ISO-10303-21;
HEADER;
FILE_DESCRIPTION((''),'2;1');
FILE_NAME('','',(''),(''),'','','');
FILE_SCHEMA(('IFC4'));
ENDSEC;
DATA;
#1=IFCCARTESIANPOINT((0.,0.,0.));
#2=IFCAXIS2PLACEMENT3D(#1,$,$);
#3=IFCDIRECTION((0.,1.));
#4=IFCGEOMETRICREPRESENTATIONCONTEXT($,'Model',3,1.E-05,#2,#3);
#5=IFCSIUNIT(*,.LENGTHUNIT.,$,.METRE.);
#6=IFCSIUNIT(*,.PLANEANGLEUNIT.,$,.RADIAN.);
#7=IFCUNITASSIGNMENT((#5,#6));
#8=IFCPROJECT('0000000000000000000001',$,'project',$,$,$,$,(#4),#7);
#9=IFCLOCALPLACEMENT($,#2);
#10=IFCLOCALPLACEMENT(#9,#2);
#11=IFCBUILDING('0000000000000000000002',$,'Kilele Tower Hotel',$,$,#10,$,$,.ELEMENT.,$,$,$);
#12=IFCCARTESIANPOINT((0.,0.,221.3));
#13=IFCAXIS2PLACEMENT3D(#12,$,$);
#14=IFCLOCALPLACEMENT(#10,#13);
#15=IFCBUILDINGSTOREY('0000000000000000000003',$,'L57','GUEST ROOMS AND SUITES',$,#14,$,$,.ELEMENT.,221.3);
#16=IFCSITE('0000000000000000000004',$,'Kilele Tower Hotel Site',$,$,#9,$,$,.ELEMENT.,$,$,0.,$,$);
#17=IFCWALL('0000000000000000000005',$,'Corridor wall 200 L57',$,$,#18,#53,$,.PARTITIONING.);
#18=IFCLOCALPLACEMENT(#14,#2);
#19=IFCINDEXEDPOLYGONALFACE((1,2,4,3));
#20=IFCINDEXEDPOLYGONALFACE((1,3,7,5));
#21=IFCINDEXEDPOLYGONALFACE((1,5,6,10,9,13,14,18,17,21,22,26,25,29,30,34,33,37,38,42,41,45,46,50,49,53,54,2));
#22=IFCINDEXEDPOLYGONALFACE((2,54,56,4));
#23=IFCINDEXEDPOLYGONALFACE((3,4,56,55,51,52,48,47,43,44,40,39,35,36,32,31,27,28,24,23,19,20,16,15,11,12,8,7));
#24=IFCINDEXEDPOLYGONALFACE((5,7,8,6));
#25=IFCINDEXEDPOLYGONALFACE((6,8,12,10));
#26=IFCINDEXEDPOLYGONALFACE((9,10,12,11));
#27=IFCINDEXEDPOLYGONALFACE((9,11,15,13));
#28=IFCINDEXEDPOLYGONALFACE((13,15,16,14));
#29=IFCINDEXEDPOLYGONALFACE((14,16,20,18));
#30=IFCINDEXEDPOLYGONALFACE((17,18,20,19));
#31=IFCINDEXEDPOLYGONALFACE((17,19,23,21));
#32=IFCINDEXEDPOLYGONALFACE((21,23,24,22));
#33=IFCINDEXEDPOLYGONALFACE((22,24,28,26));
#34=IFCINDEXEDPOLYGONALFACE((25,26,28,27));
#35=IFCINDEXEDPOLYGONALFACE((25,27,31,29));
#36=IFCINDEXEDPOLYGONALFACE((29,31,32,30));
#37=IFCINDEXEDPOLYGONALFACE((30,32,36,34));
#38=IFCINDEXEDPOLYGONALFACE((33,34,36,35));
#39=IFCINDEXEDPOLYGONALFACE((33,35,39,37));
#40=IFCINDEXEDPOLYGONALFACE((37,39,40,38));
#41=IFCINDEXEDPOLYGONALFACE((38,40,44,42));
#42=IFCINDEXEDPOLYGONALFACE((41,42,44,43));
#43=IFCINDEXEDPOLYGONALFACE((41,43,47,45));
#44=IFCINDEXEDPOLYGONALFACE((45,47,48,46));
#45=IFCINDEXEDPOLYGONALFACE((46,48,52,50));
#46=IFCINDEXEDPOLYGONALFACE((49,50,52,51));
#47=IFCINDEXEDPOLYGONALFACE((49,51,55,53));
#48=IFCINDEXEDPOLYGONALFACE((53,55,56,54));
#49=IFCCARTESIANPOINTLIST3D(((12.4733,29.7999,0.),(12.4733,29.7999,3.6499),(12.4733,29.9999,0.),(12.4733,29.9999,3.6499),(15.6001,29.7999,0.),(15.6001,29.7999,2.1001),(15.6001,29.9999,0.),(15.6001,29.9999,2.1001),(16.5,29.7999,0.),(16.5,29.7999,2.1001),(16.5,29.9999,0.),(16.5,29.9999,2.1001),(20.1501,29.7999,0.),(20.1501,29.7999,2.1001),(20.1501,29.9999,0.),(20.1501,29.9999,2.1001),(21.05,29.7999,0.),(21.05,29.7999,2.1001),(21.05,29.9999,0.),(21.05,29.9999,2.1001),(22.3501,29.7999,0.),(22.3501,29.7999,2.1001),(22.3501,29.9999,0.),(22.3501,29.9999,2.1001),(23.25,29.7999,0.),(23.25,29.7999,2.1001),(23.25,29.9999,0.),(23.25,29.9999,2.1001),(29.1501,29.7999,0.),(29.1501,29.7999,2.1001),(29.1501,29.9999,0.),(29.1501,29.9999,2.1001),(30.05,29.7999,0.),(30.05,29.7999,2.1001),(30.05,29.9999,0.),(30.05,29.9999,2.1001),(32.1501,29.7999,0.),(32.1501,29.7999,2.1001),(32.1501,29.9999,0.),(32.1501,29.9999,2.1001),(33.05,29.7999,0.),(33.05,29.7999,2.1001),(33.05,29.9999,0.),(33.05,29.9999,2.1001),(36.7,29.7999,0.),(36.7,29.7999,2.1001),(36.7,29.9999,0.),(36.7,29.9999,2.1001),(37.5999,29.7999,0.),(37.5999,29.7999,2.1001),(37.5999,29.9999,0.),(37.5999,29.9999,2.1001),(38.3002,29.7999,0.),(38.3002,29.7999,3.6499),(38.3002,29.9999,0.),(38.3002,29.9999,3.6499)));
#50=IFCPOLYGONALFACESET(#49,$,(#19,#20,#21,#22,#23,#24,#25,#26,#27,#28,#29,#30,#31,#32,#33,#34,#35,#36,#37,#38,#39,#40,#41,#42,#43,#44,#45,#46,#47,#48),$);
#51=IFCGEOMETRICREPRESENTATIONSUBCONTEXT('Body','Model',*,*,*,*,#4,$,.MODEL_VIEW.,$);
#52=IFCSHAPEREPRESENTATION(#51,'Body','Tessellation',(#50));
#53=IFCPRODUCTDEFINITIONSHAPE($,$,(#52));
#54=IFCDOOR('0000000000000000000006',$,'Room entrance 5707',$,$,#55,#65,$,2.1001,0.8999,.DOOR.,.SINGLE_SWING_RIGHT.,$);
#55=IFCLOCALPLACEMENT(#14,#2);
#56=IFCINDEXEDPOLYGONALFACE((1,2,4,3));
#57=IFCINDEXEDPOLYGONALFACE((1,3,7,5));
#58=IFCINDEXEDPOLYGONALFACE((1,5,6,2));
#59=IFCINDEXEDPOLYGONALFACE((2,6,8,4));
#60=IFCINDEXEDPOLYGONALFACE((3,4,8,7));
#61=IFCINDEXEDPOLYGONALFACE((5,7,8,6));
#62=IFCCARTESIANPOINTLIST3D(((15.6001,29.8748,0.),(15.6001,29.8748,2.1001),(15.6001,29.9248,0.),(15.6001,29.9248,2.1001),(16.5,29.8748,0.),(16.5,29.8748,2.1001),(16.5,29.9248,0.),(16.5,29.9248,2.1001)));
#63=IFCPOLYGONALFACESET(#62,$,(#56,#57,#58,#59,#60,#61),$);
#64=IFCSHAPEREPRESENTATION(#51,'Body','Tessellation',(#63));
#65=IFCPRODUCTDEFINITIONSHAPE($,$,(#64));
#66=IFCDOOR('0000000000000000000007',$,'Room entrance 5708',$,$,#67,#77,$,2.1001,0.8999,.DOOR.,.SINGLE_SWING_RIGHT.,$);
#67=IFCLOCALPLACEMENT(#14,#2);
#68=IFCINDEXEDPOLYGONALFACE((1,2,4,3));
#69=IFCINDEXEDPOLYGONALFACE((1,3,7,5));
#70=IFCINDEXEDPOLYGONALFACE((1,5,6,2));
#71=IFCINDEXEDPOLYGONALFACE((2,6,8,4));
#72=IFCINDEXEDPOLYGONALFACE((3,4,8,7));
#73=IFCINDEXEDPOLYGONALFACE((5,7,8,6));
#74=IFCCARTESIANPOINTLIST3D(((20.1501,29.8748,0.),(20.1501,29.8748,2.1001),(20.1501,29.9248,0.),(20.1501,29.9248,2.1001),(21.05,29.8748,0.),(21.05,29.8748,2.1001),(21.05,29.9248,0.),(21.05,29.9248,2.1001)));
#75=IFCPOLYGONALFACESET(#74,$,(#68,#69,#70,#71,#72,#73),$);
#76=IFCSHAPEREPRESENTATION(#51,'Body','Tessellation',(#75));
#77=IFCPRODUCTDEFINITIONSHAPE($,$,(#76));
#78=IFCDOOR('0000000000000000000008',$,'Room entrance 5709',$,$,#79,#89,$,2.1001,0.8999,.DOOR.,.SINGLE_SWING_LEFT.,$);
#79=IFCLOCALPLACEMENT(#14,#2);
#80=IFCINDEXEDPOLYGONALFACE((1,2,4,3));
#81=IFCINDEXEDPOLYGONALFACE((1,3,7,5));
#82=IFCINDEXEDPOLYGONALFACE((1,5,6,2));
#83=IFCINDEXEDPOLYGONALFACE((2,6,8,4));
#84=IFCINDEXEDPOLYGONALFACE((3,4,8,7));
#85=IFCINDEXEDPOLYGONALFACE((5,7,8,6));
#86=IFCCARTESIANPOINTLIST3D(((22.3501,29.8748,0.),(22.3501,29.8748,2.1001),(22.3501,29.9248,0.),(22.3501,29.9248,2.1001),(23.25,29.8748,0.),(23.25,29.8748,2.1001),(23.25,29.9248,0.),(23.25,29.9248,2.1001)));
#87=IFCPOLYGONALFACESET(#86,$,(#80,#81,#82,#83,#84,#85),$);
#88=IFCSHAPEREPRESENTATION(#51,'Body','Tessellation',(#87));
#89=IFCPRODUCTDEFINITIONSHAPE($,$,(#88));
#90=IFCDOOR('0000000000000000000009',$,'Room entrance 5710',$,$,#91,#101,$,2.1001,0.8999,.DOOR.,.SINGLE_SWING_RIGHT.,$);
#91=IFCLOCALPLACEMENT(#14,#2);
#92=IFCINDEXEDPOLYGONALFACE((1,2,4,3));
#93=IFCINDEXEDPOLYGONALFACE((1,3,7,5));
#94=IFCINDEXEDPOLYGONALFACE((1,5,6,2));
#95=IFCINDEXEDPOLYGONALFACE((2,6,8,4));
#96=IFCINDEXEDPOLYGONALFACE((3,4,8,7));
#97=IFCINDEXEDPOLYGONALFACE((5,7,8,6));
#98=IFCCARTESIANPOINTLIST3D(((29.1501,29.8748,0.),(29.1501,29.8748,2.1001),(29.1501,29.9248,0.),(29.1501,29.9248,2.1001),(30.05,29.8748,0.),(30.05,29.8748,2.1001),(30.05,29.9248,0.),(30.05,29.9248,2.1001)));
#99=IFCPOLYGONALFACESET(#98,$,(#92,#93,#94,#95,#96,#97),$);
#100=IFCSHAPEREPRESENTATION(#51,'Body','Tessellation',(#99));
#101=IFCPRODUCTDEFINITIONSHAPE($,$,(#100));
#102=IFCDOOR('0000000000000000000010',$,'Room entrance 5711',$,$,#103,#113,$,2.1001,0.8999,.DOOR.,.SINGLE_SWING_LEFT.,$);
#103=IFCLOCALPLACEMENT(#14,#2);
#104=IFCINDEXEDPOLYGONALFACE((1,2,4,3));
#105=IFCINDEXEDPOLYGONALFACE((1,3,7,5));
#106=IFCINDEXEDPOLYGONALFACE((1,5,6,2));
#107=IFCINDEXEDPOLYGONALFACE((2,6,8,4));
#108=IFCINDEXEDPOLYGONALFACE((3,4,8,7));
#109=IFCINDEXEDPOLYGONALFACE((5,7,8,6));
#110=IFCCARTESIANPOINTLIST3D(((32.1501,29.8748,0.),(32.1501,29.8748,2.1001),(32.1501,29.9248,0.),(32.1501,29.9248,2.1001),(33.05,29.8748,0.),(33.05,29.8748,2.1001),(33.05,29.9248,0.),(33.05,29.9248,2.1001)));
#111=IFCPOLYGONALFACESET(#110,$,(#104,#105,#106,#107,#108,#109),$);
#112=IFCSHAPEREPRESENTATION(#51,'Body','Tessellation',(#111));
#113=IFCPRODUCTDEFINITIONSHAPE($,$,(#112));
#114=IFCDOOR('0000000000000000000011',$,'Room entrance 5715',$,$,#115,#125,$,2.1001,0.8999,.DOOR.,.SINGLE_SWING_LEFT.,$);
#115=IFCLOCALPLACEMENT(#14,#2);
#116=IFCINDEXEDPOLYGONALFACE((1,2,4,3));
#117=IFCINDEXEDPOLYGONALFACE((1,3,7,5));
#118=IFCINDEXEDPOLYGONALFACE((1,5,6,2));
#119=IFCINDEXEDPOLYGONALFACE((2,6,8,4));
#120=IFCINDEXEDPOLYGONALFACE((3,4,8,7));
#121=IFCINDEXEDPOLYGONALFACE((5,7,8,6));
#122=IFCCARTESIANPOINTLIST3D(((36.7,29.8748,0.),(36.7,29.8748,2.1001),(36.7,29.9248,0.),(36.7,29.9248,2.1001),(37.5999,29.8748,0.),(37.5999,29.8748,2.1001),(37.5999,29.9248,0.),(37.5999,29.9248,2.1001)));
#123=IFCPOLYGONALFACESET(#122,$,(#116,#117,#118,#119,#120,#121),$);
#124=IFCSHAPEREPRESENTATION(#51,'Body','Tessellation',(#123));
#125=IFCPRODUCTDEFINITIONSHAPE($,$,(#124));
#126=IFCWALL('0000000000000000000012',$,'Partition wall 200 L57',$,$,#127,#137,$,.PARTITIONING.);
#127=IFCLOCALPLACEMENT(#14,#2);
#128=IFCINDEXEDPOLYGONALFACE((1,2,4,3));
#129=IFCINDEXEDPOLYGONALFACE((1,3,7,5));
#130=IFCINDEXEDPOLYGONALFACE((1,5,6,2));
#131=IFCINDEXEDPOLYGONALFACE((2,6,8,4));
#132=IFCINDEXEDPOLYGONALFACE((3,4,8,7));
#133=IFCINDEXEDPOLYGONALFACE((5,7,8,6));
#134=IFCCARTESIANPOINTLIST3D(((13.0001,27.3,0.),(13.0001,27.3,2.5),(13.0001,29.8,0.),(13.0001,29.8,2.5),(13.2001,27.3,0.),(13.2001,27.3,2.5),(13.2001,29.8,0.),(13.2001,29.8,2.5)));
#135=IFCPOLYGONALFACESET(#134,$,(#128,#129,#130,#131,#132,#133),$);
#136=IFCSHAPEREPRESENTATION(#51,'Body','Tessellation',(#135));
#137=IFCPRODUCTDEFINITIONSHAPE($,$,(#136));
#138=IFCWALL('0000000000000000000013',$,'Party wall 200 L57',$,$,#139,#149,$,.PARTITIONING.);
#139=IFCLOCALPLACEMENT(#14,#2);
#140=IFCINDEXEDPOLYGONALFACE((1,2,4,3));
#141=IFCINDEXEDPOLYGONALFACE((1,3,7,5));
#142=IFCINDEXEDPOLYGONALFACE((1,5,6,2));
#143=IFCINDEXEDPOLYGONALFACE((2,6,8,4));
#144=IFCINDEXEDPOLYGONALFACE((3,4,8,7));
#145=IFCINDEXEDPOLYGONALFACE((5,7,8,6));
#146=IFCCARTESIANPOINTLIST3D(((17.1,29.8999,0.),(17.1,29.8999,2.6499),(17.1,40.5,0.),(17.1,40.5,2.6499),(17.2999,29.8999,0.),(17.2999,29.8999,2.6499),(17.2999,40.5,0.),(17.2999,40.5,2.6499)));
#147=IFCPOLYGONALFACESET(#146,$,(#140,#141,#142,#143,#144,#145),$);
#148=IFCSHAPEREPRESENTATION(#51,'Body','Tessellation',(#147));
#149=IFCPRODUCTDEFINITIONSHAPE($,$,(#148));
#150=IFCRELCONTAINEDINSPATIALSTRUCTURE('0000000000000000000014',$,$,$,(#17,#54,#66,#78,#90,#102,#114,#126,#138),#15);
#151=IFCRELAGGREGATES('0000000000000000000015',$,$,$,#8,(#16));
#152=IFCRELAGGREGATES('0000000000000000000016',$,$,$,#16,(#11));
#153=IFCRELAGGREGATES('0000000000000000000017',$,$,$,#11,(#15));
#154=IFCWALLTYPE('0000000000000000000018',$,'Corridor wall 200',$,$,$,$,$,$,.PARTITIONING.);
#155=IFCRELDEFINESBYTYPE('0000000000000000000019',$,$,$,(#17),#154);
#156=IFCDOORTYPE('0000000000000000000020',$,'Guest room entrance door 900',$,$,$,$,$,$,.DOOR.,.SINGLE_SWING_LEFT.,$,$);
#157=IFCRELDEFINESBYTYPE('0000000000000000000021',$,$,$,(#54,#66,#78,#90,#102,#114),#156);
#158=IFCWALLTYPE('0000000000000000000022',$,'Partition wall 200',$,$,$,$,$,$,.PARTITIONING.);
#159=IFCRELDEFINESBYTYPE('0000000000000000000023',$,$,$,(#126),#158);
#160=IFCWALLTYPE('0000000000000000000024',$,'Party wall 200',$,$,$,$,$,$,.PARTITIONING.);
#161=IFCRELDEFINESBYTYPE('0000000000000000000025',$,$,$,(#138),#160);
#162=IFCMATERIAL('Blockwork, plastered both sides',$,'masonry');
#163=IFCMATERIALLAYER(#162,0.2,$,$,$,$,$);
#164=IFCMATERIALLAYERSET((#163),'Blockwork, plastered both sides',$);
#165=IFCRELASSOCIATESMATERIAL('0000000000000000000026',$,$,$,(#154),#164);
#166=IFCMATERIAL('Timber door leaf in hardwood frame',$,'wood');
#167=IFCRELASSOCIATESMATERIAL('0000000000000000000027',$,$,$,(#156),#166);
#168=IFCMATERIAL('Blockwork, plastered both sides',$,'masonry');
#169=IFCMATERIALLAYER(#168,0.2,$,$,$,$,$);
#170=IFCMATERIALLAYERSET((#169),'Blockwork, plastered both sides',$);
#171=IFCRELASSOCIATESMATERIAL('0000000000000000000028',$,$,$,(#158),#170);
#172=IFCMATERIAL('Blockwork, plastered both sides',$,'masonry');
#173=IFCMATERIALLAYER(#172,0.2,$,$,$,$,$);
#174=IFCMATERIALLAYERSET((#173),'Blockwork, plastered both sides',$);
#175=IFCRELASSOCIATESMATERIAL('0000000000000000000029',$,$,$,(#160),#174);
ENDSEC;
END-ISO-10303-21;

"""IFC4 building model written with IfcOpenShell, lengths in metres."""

from ifc_helpers import new_model, si_unit, direction, frame, frame_2d, origin, place, context, subcontext, project, spatial, rectangle, extrude, material, layer, layer_set, type_object, element, fill, save


model = new_model("IFC4")

# Units and contexts
model_context = context("Model", 3, precision=1e-05, world=origin(), true_north=direction((0.0, 1.0)))
body_context = subcontext(model_context, "Body", "Model", "MODEL_VIEW")
ifc_project = project(units=[si_unit("LENGTHUNIT", "METRE"), si_unit("PLANEANGLEUNIT", "RADIAN")], contexts=[model_context])

# Site, building, storey
site_placement = place(None, origin())
site = spatial("IfcSite", under=ifc_project, at=site_placement, Name="Kilele Tower Hotel Site", CompositionType="ELEMENT", RefElevation=0.0)
building_placement = place(site_placement, origin())
building = spatial("IfcBuilding", under=site, at=building_placement, Name="Kilele Tower Hotel", CompositionType="ELEMENT")
storey_placement = place(building_placement, frame((0.0, 0.0, 221.3)))
storey = spatial("IfcBuildingStorey", under=building, at=storey_placement, Name="L57", Description="GUEST ROOMS AND SUITES", CompositionType="ELEMENT", Elevation=221.3)

# Wall, openings, doors
ifc_material_1 = material(Name="Blockwork, plastered both sides", Category="masonry")
ifc_layer_1 = layer(ifc_material_1, 0.2)
ifc_layer_set_1 = layer_set([ifc_layer_1], Name="Blockwork, plastered both sides")
wall_type_1 = type_object("IfcWallType", Name="Corridor wall 200", PredefinedType="PARTITIONING", material=ifc_layer_set_1)
wall_1_placement = place(storey_placement, frame((12.4731, 29.8999, 0.0), z_axis=(0.0, 0.0, 1.0), x_axis=(1.0, 0.0, 0.0)))
wall_1 = element("IfcWall", 1, at=wall_1_placement, inside=storey, type_object=wall_type_1, Name="Corridor wall 200 L57", PredefinedType="PARTITIONING", context=body_context, shape_type="SweptSolid", body=[
    extrude(rectangle(XDim=25.8269, YDim=0.2, at=frame_2d((12.9136, 0.0))), origin(), (0.0, 0.0, 1.0), 3.6499),
])
opening_1_placement = place(wall_1_placement, frame((3.127, 0.0, 0.0)))
opening_1 = element("IfcOpeningElement", 2, at=opening_1_placement, cuts=wall_1, PredefinedType="OPENING", context=body_context, shape_type="SweptSolid", body=[
    extrude(rectangle(XDim=0.8999, YDim=2.1001, at=frame_2d((0.45, 1.05))), frame((0.0, 0.1099, 0.0), z_axis=(0.0, -1.0, 0.0), x_axis=(1.0, 0.0, 0.0)), (0.0, 0.0, 1.0), 0.22),
])
opening_2_placement = place(wall_1_placement, frame((7.677, 0.0, 0.0)))
opening_2 = element("IfcOpeningElement", 3, at=opening_2_placement, cuts=wall_1, PredefinedType="OPENING", context=body_context, shape_type="SweptSolid", body=[
    extrude(rectangle(XDim=0.8999, YDim=2.1001, at=frame_2d((0.45, 1.05))), frame((0.0, 0.1099, 0.0), z_axis=(0.0, -1.0, 0.0), x_axis=(1.0, 0.0, 0.0)), (0.0, 0.0, 1.0), 0.22),
])
opening_3_placement = place(wall_1_placement, frame((9.877, 0.0, 0.0)))
opening_3 = element("IfcOpeningElement", 4, at=opening_3_placement, cuts=wall_1, PredefinedType="OPENING", context=body_context, shape_type="SweptSolid", body=[
    extrude(rectangle(XDim=0.8999, YDim=2.1001, at=frame_2d((0.45, 1.05))), frame((0.0, 0.1099, 0.0), z_axis=(0.0, -1.0, 0.0), x_axis=(1.0, 0.0, 0.0)), (0.0, 0.0, 1.0), 0.22),
])
opening_4_placement = place(wall_1_placement, frame((16.677, 0.0, 0.0)))
opening_4 = element("IfcOpeningElement", 5, at=opening_4_placement, cuts=wall_1, PredefinedType="OPENING", context=body_context, shape_type="SweptSolid", body=[
    extrude(rectangle(XDim=0.8999, YDim=2.1001, at=frame_2d((0.45, 1.05))), frame((0.0, 0.1099, 0.0), z_axis=(0.0, -1.0, 0.0), x_axis=(1.0, 0.0, 0.0)), (0.0, 0.0, 1.0), 0.22),
])
opening_5_placement = place(wall_1_placement, frame((19.677, 0.0, 0.0)))
opening_5 = element("IfcOpeningElement", 6, at=opening_5_placement, cuts=wall_1, PredefinedType="OPENING", context=body_context, shape_type="SweptSolid", body=[
    extrude(rectangle(XDim=0.8999, YDim=2.1001, at=frame_2d((0.45, 1.05))), frame((0.0, 0.1099, 0.0), z_axis=(0.0, -1.0, 0.0), x_axis=(1.0, 0.0, 0.0)), (0.0, 0.0, 1.0), 0.22),
])
opening_6_placement = place(wall_1_placement, frame((24.2268, 0.0, 0.0)))
opening_6 = element("IfcOpeningElement", 7, at=opening_6_placement, cuts=wall_1, PredefinedType="OPENING", context=body_context, shape_type="SweptSolid", body=[
    extrude(rectangle(XDim=0.8999, YDim=2.1001, at=frame_2d((0.45, 1.05))), frame((0.0, 0.1099, 0.0), z_axis=(0.0, -1.0, 0.0), x_axis=(1.0, 0.0, 0.0)), (0.0, 0.0, 1.0), 0.22),
])
ifc_material_2 = material(Name="Timber door leaf in hardwood frame", Category="wood")
door_type = type_object("IfcDoorType", Name="Guest room entrance door 900", OperationType="SINGLE_SWING_LEFT", PredefinedType="DOOR", material=ifc_material_2)
door_1_placement = place(opening_1_placement, origin())
door_1 = element("IfcDoor", 8, at=door_1_placement, inside=storey, type_object=door_type, Name="Room entrance 5707", OperationType="SINGLE_SWING_RIGHT", OverallHeight=2.1001, OverallWidth=0.8999, PredefinedType="DOOR", context=body_context, shape_type="SweptSolid", body=[
    extrude(rectangle(XDim=0.8999, YDim=2.1001, at=frame_2d((0.45, 1.05))), frame((0.0, 0.0249, 0.0), z_axis=(0.0, -1.0, 0.0), x_axis=(1.0, 0.0, 0.0)), (0.0, 0.0, 1.0), 0.05),
])
fill(opening_1, door_1)
door_2_placement = place(opening_2_placement, origin())
door_2 = element("IfcDoor", 9, at=door_2_placement, inside=storey, type_object=door_type, Name="Room entrance 5708", OperationType="SINGLE_SWING_RIGHT", OverallHeight=2.1001, OverallWidth=0.8999, PredefinedType="DOOR", context=body_context, shape_type="SweptSolid", body=[
    extrude(rectangle(XDim=0.8999, YDim=2.1001, at=frame_2d((0.45, 1.05))), frame((0.0, 0.0249, 0.0), z_axis=(0.0, -1.0, 0.0), x_axis=(1.0, 0.0, 0.0)), (0.0, 0.0, 1.0), 0.05),
])
fill(opening_2, door_2)
door_3_placement = place(opening_3_placement, origin())
door_3 = element("IfcDoor", 10, at=door_3_placement, inside=storey, type_object=door_type, Name="Room entrance 5709", OperationType="SINGLE_SWING_LEFT", OverallHeight=2.1001, OverallWidth=0.8999, PredefinedType="DOOR", context=body_context, shape_type="SweptSolid", body=[
    extrude(rectangle(XDim=0.8999, YDim=2.1001, at=frame_2d((0.45, 1.05))), frame((0.0, 0.0249, 0.0), z_axis=(0.0, -1.0, 0.0), x_axis=(1.0, 0.0, 0.0)), (0.0, 0.0, 1.0), 0.05),
])
fill(opening_3, door_3)
door_4_placement = place(opening_4_placement, origin())
door_4 = element("IfcDoor", 11, at=door_4_placement, inside=storey, type_object=door_type, Name="Room entrance 5710", OperationType="SINGLE_SWING_RIGHT", OverallHeight=2.1001, OverallWidth=0.8999, PredefinedType="DOOR", context=body_context, shape_type="SweptSolid", body=[
    extrude(rectangle(XDim=0.8999, YDim=2.1001, at=frame_2d((0.45, 1.05))), frame((0.0, 0.0249, 0.0), z_axis=(0.0, -1.0, 0.0), x_axis=(1.0, 0.0, 0.0)), (0.0, 0.0, 1.0), 0.05),
])
fill(opening_4, door_4)
door_5_placement = place(opening_5_placement, origin())
door_5 = element("IfcDoor", 12, at=door_5_placement, inside=storey, type_object=door_type, Name="Room entrance 5711", OperationType="SINGLE_SWING_LEFT", OverallHeight=2.1001, OverallWidth=0.8999, PredefinedType="DOOR", context=body_context, shape_type="SweptSolid", body=[
    extrude(rectangle(XDim=0.8999, YDim=2.1001, at=frame_2d((0.45, 1.05))), frame((0.0, 0.0249, 0.0), z_axis=(0.0, -1.0, 0.0), x_axis=(1.0, 0.0, 0.0)), (0.0, 0.0, 1.0), 0.05),
])
fill(opening_5, door_5)
door_6_placement = place(opening_6_placement, origin())
door_6 = element("IfcDoor", 13, at=door_6_placement, inside=storey, type_object=door_type, Name="Room entrance 5715", OperationType="SINGLE_SWING_LEFT", OverallHeight=2.1001, OverallWidth=0.8999, PredefinedType="DOOR", context=body_context, shape_type="SweptSolid", body=[
    extrude(rectangle(XDim=0.8999, YDim=2.1001, at=frame_2d((0.45, 1.05))), frame((0.0, 0.0249, 0.0), z_axis=(0.0, -1.0, 0.0), x_axis=(1.0, 0.0, 0.0)), (0.0, 0.0, 1.0), 0.05),
])
fill(opening_6, door_6)

# Walls
ifc_material_3 = material(Name="Blockwork, plastered both sides", Category="masonry")
ifc_layer_2 = layer(ifc_material_3, 0.2)
ifc_layer_set_2 = layer_set([ifc_layer_2], Name="Blockwork, plastered both sides")
wall_type_2 = type_object("IfcWallType", Name="Partition wall 200", PredefinedType="PARTITIONING", material=ifc_layer_set_2)
wall_2_placement = place(storey_placement, frame((13.1001, 27.3, 0.0), z_axis=(0.0, 0.0, 1.0), x_axis=(0.0, 1.0, 0.0)))
element("IfcWall", 14, at=wall_2_placement, inside=storey, type_object=wall_type_2, Name="Partition wall 200 L57", PredefinedType="PARTITIONING", context=body_context, shape_type="SweptSolid", body=[
    extrude(rectangle(XDim=2.5, YDim=0.2, at=frame_2d((1.25, 0.0))), origin(), (0.0, 0.0, 1.0), 2.5),
])
ifc_material_4 = material(Name="Blockwork, plastered both sides", Category="masonry")
ifc_layer_3 = layer(ifc_material_4, 0.2)
ifc_layer_set_3 = layer_set([ifc_layer_3], Name="Blockwork, plastered both sides")
wall_type_3 = type_object("IfcWallType", Name="Party wall 200", PredefinedType="PARTITIONING", material=ifc_layer_set_3)
wall_3_placement = place(storey_placement, frame((17.2, 29.8999, 0.0), z_axis=(0.0, 0.0, 1.0), x_axis=(0.0, 1.0, 0.0)))
element("IfcWall", 15, at=wall_3_placement, inside=storey, type_object=wall_type_3, Name="Party wall 200 L57", PredefinedType="PARTITIONING", context=body_context, shape_type="SweptSolid", body=[
    extrude(rectangle(XDim=10.6001, YDim=0.2, at=frame_2d((5.3, 0.0))), origin(), (0.0, 0.0, 1.0), 2.6499),
])

save(model, "model.ifc")
